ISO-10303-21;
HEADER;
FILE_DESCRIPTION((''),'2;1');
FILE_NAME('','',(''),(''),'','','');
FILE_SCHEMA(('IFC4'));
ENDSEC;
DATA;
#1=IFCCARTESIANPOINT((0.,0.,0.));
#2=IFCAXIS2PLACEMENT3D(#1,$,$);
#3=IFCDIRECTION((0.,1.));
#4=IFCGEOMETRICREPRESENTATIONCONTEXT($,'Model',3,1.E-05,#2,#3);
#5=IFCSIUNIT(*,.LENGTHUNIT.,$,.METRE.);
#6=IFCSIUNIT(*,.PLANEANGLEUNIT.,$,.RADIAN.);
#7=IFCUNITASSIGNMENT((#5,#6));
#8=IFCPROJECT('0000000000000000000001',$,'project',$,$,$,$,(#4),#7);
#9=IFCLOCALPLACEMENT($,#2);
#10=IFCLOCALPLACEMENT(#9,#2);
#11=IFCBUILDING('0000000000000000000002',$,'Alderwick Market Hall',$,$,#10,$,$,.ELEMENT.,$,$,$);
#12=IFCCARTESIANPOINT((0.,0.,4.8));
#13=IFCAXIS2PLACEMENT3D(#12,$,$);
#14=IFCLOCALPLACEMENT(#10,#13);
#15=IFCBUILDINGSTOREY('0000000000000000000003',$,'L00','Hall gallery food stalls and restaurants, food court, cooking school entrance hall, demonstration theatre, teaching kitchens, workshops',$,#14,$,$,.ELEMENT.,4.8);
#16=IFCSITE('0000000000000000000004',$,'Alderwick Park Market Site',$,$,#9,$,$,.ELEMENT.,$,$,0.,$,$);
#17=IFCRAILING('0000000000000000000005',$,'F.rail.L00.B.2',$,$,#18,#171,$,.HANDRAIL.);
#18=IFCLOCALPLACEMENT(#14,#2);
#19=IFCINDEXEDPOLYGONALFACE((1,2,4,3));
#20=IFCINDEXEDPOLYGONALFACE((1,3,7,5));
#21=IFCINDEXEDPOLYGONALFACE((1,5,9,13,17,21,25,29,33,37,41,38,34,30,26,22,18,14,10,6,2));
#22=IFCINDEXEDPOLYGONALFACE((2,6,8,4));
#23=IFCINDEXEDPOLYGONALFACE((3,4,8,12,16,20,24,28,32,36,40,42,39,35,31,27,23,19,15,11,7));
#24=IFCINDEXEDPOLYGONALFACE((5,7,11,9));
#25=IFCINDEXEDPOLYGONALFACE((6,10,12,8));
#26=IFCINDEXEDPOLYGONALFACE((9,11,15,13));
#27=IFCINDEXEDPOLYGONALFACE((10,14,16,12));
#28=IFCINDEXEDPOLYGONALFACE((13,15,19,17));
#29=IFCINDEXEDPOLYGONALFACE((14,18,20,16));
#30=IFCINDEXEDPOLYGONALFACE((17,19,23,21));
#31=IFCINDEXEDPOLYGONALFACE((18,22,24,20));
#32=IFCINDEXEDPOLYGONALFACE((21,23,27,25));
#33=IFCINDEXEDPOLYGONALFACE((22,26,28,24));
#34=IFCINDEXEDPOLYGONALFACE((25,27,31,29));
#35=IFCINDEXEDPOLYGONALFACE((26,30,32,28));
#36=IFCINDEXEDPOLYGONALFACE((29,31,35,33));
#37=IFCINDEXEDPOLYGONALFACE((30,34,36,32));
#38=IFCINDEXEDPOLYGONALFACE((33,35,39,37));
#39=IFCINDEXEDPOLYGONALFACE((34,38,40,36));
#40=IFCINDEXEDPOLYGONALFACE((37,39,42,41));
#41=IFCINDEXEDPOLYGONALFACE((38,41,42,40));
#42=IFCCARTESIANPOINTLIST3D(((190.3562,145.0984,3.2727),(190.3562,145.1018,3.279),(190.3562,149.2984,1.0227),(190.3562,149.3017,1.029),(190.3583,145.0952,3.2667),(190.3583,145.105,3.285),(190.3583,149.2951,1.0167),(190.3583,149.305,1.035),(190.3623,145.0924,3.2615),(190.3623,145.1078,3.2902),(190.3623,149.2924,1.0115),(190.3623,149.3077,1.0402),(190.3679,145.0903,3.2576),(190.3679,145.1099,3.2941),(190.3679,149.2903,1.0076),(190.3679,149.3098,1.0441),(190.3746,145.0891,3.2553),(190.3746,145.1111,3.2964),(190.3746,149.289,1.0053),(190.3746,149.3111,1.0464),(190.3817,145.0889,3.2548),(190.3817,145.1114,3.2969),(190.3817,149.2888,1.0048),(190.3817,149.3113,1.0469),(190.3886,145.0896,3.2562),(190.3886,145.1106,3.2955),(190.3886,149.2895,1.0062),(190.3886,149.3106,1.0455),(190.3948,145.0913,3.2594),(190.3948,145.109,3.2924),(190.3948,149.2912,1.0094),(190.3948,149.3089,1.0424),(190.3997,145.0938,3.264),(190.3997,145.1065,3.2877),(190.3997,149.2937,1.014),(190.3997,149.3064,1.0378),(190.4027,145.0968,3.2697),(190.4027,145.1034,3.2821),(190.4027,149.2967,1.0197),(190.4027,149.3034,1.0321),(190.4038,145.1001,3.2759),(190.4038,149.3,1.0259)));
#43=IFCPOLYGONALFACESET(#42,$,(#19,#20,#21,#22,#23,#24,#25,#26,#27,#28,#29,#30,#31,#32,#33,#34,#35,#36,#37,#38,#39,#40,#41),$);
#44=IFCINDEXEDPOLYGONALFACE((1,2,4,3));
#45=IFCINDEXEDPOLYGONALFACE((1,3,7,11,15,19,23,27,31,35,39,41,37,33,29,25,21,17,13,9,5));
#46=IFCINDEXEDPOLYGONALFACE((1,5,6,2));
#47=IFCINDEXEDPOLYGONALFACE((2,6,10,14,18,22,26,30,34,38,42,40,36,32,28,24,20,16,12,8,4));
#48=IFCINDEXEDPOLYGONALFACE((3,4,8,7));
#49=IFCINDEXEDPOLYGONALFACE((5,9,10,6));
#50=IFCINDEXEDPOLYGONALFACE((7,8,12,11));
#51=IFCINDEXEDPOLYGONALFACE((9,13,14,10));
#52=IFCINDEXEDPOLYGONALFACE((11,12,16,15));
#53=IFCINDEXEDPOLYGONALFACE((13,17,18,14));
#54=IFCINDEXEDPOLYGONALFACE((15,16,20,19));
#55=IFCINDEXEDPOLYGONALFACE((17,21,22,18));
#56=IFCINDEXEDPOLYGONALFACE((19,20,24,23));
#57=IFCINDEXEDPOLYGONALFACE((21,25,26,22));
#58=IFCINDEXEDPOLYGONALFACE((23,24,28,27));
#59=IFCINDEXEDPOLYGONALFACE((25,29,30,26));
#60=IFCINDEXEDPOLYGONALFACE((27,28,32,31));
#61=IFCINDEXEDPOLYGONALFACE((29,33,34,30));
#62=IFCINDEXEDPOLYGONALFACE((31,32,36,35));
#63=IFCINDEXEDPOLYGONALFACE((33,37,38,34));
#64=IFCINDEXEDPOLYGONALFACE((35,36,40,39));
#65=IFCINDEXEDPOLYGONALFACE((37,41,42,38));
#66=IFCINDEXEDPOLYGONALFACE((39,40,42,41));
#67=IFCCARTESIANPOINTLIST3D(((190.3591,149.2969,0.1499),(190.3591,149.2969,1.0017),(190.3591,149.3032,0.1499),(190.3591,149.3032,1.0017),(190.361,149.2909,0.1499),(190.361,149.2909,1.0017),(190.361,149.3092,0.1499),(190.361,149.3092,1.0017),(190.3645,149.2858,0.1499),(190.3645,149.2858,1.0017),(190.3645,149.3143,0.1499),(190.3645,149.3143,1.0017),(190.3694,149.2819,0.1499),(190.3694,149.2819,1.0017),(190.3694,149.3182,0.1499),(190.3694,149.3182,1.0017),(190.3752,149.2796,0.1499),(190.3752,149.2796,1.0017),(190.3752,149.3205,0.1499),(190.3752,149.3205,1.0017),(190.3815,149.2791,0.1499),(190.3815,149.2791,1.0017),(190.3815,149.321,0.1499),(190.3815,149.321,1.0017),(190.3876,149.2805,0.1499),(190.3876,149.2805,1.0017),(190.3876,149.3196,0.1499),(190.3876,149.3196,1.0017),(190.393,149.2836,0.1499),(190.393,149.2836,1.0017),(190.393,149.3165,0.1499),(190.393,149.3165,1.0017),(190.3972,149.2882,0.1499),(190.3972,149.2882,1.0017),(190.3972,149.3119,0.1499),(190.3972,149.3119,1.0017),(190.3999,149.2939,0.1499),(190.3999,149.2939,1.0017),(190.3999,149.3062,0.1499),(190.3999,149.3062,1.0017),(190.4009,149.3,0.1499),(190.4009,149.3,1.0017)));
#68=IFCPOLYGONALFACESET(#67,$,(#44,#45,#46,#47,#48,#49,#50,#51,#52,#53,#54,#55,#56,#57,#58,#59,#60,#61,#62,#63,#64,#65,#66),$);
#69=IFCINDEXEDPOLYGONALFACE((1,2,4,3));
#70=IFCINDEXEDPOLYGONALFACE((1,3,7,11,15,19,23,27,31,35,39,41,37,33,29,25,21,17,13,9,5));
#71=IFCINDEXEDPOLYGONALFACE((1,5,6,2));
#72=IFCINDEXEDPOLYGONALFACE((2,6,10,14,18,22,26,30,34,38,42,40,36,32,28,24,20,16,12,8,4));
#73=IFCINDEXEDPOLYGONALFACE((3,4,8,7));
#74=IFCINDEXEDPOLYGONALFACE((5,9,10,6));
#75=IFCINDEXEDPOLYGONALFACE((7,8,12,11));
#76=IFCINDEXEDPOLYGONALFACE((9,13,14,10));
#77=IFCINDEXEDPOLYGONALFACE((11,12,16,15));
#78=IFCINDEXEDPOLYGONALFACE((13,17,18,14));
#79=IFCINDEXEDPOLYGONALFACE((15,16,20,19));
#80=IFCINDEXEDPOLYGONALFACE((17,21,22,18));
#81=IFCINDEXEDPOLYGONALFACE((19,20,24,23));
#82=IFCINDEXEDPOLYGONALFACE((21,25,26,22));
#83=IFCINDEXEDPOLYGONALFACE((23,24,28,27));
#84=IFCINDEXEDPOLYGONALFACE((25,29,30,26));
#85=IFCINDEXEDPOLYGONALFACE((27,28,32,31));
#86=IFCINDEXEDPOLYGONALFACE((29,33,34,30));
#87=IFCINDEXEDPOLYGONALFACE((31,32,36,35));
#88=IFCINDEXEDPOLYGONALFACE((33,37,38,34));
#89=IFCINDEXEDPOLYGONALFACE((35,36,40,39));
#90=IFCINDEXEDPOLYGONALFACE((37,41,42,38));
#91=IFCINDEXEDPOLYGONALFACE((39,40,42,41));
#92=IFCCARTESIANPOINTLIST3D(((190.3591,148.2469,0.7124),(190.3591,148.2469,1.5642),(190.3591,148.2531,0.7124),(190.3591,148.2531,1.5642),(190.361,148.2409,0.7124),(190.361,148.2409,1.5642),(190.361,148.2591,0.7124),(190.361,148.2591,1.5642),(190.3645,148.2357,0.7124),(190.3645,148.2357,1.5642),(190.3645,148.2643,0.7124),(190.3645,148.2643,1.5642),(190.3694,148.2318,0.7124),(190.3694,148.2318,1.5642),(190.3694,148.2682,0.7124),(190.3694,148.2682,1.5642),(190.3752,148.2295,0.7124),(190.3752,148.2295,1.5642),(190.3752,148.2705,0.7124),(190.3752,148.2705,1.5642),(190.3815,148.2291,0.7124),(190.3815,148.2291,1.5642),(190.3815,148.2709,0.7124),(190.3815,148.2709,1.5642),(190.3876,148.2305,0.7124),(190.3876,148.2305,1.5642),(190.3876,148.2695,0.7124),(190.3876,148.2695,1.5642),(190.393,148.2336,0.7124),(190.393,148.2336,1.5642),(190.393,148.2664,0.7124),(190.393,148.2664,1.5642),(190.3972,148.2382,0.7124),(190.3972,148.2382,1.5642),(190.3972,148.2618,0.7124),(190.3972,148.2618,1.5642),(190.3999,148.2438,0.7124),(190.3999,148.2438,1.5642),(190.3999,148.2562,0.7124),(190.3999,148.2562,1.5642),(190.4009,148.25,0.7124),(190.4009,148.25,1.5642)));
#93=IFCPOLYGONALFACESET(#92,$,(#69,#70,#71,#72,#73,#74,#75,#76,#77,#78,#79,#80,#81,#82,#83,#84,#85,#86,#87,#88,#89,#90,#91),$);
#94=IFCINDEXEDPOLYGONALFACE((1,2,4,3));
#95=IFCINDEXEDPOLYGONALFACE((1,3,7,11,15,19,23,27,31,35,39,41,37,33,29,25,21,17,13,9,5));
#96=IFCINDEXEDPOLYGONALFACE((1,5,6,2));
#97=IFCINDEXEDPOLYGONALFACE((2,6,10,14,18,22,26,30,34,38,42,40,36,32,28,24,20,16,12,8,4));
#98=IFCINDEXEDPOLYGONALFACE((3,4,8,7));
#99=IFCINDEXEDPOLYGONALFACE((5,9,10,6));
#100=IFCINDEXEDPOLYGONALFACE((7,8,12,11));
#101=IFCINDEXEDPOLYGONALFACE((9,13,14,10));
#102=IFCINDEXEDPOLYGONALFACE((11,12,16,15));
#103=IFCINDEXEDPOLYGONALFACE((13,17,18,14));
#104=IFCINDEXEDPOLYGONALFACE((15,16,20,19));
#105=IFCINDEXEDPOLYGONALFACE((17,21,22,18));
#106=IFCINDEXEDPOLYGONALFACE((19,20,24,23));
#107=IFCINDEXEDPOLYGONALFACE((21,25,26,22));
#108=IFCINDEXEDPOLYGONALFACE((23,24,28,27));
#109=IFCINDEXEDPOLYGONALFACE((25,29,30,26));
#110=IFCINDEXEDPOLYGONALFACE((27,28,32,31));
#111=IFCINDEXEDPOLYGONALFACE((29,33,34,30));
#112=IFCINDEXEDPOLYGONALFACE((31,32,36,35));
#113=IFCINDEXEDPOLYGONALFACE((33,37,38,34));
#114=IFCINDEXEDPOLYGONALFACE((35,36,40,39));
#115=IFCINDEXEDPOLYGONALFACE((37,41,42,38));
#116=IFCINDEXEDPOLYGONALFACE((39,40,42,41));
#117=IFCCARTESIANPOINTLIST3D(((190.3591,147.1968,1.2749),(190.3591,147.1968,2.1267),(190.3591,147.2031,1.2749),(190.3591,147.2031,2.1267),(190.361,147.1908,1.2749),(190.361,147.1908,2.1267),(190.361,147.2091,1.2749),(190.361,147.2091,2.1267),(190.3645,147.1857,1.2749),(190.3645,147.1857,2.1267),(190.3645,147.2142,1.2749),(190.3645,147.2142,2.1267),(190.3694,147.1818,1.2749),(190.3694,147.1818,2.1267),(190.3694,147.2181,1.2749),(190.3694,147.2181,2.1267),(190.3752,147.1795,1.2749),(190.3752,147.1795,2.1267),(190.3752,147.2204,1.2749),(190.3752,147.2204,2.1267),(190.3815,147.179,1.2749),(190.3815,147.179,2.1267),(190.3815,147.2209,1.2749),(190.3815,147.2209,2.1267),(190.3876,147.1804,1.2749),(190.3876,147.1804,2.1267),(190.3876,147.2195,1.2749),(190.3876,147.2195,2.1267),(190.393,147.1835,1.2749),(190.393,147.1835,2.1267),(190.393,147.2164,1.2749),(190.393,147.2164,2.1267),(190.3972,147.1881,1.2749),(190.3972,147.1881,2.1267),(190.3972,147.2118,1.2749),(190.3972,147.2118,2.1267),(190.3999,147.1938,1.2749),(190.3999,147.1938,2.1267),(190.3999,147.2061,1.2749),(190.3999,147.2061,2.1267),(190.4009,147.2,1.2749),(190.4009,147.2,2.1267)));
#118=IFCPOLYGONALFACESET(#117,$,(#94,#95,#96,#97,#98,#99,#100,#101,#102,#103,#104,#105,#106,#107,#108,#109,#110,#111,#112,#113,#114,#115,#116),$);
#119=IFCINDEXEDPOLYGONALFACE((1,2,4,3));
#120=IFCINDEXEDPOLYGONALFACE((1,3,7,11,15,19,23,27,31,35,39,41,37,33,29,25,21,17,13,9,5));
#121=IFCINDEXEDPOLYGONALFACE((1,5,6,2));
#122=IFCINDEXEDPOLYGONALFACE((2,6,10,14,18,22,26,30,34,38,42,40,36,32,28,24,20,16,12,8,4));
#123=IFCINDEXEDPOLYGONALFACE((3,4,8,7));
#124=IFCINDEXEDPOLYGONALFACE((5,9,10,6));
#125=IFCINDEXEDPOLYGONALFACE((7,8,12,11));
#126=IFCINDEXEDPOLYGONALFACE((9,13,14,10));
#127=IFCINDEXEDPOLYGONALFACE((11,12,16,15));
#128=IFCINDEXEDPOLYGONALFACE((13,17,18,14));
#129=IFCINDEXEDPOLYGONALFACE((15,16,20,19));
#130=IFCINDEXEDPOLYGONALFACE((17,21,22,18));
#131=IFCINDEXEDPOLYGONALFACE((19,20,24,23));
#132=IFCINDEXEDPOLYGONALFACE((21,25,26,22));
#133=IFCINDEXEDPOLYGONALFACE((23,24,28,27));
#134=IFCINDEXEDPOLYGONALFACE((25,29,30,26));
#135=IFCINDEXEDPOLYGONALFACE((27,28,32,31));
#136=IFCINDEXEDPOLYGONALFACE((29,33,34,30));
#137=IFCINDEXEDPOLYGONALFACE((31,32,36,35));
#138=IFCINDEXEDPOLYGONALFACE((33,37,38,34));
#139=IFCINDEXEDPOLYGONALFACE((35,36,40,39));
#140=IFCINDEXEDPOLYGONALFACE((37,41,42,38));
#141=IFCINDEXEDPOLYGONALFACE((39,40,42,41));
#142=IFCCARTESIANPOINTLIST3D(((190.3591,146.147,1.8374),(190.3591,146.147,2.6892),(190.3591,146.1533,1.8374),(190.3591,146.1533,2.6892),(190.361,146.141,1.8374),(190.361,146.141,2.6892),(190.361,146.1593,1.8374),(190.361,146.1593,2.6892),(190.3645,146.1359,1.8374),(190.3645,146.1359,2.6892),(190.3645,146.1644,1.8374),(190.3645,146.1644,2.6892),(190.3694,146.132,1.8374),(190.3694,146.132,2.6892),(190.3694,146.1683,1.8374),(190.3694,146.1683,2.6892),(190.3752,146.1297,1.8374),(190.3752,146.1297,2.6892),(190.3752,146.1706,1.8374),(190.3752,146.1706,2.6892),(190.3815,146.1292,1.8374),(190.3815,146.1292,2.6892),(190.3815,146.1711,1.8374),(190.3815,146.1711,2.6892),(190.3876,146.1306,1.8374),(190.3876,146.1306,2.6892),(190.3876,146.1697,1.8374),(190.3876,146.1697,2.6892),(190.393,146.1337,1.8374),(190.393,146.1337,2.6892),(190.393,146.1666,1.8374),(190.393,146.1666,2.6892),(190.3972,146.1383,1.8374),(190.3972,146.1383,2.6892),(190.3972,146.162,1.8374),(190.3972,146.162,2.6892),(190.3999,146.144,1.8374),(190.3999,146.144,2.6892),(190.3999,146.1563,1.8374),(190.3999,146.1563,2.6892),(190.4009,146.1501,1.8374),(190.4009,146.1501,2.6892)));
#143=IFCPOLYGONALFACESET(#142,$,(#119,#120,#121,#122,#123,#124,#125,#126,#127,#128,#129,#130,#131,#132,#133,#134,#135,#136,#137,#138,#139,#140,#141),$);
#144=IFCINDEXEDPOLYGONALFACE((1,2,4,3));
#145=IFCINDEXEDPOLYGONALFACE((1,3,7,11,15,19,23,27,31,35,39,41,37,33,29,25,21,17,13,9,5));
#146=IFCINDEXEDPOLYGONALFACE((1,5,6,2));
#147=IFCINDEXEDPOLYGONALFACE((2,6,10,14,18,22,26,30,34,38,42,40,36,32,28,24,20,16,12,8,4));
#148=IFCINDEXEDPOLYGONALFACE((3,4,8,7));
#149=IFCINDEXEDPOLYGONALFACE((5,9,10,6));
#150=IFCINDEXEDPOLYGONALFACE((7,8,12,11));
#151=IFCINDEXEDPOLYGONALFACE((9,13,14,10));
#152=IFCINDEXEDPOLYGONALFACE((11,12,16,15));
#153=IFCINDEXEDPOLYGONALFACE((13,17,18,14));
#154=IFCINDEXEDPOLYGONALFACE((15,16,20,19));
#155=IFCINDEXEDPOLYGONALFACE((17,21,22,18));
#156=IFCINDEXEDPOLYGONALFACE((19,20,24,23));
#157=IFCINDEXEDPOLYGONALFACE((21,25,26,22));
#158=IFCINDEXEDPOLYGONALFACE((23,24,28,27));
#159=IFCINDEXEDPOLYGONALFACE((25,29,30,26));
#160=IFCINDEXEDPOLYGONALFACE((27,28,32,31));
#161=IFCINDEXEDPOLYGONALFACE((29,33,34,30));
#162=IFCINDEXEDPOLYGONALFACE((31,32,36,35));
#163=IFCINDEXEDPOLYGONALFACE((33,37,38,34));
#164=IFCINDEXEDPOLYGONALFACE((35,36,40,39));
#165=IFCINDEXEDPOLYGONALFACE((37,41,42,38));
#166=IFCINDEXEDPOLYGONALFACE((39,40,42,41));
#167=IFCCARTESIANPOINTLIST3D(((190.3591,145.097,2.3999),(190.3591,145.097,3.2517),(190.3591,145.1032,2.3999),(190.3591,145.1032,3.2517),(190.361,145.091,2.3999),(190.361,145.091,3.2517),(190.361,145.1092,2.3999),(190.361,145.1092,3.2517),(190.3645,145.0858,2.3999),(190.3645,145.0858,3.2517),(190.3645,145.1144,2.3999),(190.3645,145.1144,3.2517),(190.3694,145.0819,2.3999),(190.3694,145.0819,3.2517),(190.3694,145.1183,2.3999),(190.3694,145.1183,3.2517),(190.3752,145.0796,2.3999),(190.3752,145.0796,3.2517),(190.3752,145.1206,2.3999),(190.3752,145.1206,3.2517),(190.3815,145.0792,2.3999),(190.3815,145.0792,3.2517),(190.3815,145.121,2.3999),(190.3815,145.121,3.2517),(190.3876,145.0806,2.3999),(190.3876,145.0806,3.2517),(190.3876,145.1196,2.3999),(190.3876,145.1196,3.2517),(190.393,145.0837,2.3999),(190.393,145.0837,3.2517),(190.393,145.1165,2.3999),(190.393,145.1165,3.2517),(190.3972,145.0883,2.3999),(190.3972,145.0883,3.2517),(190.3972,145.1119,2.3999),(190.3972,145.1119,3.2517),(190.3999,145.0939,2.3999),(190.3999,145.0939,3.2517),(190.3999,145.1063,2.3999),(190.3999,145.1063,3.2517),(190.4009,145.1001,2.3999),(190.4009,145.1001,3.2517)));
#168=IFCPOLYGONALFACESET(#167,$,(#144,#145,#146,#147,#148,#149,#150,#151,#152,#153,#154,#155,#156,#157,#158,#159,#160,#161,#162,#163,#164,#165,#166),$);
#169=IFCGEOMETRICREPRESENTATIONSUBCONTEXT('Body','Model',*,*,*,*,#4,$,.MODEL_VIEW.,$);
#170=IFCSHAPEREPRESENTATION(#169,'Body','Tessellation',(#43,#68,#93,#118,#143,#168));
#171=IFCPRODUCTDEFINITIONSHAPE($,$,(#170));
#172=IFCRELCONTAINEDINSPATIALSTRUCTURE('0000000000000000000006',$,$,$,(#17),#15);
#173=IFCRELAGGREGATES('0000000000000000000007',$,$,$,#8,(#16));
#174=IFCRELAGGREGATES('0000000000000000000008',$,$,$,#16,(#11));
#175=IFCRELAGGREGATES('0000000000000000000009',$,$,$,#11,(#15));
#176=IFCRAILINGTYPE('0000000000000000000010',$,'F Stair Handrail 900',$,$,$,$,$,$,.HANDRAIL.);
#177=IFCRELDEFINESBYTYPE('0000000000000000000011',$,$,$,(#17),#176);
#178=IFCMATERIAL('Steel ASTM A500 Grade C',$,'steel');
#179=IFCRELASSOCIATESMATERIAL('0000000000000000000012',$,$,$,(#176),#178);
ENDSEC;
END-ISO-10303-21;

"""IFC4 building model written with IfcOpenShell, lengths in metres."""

from ifc_helpers import new_model, si_unit, direction, frame, origin, origin_2d, place, context, subcontext, project, spatial, circle, extrude, material, type_object, element, save


model = new_model("IFC4")

# Units and contexts
model_context = context("Model", 3, precision=1e-05, world=origin(), true_north=direction((0.0, 1.0)))
body_context = subcontext(model_context, "Body", "Model", "MODEL_VIEW")
ifc_project = project(units=[si_unit("LENGTHUNIT", "METRE"), si_unit("PLANEANGLEUNIT", "RADIAN")], contexts=[model_context])

# Site, building, storey
site_placement = place(None, origin())
site = spatial("IfcSite", under=ifc_project, at=site_placement, Name="Alderwick Park Market Site", CompositionType="ELEMENT", RefElevation=0.0)
building_placement = place(site_placement, origin())
building = spatial("IfcBuilding", under=site, at=building_placement, Name="Alderwick Market Hall", CompositionType="ELEMENT")
storey_placement = place(building_placement, frame((0.0, 0.0, 4.8)))
storey = spatial("IfcBuildingStorey", under=building, at=storey_placement, Name="L00", Description="Hall gallery food stalls and restaurants, food court, cooking school entrance hall, demonstration theatre, teaching kitchens, workshops", CompositionType="ELEMENT", Elevation=4.8)

# Railing
ifc_material_1 = material(Name="Steel ASTM A500 Grade C", Category="steel")
railing_type_1 = type_object("IfcRailingType", Name="F Stair Handrail 900", PredefinedType="HANDRAIL", material=ifc_material_1)
for number, where, name in (
    (1, (190.3799, 149.3, 0.1499), "F.rail.L00.B.2"),
):
    element("IfcRailing", number, at=place(storey_placement, frame(where)), inside=storey, type_object=railing_type_1, Name=name, PredefinedType="HANDRAIL", context=body_context, shape_type="SweptSolid", body=[
        extrude(circle(Radius=0.0239, at=origin_2d()), frame((0.0, 0.0, 0.876), z_axis=(0.0, -0.881478, 0.472226), x_axis=(1.0, 0.0, 0.0)), (0.0, 0.0, 1.0), 4.7646),
        extrude(circle(Radius=0.021, at=origin_2d()), origin(), (0.0, 0.0, 1.0), 0.8518),
        extrude(circle(Radius=0.021, at=origin_2d()), frame((0.0, -1.05, 0.5625)), (0.0, 0.0, 1.0), 0.8518),
        extrude(circle(Radius=0.021, at=origin_2d()), frame((0.0, -2.1001, 1.125)), (0.0, 0.0, 1.0), 0.8518),
        extrude(circle(Radius=0.021, at=origin_2d()), frame((0.0, -3.1499, 1.6875)), (0.0, 0.0, 1.0), 0.8518),
        extrude(circle(Radius=0.021, at=origin_2d()), frame((0.0, -4.2, 2.25)), (0.0, 0.0, 1.0), 0.8518),
    ])

save(model, "model.ifc")
